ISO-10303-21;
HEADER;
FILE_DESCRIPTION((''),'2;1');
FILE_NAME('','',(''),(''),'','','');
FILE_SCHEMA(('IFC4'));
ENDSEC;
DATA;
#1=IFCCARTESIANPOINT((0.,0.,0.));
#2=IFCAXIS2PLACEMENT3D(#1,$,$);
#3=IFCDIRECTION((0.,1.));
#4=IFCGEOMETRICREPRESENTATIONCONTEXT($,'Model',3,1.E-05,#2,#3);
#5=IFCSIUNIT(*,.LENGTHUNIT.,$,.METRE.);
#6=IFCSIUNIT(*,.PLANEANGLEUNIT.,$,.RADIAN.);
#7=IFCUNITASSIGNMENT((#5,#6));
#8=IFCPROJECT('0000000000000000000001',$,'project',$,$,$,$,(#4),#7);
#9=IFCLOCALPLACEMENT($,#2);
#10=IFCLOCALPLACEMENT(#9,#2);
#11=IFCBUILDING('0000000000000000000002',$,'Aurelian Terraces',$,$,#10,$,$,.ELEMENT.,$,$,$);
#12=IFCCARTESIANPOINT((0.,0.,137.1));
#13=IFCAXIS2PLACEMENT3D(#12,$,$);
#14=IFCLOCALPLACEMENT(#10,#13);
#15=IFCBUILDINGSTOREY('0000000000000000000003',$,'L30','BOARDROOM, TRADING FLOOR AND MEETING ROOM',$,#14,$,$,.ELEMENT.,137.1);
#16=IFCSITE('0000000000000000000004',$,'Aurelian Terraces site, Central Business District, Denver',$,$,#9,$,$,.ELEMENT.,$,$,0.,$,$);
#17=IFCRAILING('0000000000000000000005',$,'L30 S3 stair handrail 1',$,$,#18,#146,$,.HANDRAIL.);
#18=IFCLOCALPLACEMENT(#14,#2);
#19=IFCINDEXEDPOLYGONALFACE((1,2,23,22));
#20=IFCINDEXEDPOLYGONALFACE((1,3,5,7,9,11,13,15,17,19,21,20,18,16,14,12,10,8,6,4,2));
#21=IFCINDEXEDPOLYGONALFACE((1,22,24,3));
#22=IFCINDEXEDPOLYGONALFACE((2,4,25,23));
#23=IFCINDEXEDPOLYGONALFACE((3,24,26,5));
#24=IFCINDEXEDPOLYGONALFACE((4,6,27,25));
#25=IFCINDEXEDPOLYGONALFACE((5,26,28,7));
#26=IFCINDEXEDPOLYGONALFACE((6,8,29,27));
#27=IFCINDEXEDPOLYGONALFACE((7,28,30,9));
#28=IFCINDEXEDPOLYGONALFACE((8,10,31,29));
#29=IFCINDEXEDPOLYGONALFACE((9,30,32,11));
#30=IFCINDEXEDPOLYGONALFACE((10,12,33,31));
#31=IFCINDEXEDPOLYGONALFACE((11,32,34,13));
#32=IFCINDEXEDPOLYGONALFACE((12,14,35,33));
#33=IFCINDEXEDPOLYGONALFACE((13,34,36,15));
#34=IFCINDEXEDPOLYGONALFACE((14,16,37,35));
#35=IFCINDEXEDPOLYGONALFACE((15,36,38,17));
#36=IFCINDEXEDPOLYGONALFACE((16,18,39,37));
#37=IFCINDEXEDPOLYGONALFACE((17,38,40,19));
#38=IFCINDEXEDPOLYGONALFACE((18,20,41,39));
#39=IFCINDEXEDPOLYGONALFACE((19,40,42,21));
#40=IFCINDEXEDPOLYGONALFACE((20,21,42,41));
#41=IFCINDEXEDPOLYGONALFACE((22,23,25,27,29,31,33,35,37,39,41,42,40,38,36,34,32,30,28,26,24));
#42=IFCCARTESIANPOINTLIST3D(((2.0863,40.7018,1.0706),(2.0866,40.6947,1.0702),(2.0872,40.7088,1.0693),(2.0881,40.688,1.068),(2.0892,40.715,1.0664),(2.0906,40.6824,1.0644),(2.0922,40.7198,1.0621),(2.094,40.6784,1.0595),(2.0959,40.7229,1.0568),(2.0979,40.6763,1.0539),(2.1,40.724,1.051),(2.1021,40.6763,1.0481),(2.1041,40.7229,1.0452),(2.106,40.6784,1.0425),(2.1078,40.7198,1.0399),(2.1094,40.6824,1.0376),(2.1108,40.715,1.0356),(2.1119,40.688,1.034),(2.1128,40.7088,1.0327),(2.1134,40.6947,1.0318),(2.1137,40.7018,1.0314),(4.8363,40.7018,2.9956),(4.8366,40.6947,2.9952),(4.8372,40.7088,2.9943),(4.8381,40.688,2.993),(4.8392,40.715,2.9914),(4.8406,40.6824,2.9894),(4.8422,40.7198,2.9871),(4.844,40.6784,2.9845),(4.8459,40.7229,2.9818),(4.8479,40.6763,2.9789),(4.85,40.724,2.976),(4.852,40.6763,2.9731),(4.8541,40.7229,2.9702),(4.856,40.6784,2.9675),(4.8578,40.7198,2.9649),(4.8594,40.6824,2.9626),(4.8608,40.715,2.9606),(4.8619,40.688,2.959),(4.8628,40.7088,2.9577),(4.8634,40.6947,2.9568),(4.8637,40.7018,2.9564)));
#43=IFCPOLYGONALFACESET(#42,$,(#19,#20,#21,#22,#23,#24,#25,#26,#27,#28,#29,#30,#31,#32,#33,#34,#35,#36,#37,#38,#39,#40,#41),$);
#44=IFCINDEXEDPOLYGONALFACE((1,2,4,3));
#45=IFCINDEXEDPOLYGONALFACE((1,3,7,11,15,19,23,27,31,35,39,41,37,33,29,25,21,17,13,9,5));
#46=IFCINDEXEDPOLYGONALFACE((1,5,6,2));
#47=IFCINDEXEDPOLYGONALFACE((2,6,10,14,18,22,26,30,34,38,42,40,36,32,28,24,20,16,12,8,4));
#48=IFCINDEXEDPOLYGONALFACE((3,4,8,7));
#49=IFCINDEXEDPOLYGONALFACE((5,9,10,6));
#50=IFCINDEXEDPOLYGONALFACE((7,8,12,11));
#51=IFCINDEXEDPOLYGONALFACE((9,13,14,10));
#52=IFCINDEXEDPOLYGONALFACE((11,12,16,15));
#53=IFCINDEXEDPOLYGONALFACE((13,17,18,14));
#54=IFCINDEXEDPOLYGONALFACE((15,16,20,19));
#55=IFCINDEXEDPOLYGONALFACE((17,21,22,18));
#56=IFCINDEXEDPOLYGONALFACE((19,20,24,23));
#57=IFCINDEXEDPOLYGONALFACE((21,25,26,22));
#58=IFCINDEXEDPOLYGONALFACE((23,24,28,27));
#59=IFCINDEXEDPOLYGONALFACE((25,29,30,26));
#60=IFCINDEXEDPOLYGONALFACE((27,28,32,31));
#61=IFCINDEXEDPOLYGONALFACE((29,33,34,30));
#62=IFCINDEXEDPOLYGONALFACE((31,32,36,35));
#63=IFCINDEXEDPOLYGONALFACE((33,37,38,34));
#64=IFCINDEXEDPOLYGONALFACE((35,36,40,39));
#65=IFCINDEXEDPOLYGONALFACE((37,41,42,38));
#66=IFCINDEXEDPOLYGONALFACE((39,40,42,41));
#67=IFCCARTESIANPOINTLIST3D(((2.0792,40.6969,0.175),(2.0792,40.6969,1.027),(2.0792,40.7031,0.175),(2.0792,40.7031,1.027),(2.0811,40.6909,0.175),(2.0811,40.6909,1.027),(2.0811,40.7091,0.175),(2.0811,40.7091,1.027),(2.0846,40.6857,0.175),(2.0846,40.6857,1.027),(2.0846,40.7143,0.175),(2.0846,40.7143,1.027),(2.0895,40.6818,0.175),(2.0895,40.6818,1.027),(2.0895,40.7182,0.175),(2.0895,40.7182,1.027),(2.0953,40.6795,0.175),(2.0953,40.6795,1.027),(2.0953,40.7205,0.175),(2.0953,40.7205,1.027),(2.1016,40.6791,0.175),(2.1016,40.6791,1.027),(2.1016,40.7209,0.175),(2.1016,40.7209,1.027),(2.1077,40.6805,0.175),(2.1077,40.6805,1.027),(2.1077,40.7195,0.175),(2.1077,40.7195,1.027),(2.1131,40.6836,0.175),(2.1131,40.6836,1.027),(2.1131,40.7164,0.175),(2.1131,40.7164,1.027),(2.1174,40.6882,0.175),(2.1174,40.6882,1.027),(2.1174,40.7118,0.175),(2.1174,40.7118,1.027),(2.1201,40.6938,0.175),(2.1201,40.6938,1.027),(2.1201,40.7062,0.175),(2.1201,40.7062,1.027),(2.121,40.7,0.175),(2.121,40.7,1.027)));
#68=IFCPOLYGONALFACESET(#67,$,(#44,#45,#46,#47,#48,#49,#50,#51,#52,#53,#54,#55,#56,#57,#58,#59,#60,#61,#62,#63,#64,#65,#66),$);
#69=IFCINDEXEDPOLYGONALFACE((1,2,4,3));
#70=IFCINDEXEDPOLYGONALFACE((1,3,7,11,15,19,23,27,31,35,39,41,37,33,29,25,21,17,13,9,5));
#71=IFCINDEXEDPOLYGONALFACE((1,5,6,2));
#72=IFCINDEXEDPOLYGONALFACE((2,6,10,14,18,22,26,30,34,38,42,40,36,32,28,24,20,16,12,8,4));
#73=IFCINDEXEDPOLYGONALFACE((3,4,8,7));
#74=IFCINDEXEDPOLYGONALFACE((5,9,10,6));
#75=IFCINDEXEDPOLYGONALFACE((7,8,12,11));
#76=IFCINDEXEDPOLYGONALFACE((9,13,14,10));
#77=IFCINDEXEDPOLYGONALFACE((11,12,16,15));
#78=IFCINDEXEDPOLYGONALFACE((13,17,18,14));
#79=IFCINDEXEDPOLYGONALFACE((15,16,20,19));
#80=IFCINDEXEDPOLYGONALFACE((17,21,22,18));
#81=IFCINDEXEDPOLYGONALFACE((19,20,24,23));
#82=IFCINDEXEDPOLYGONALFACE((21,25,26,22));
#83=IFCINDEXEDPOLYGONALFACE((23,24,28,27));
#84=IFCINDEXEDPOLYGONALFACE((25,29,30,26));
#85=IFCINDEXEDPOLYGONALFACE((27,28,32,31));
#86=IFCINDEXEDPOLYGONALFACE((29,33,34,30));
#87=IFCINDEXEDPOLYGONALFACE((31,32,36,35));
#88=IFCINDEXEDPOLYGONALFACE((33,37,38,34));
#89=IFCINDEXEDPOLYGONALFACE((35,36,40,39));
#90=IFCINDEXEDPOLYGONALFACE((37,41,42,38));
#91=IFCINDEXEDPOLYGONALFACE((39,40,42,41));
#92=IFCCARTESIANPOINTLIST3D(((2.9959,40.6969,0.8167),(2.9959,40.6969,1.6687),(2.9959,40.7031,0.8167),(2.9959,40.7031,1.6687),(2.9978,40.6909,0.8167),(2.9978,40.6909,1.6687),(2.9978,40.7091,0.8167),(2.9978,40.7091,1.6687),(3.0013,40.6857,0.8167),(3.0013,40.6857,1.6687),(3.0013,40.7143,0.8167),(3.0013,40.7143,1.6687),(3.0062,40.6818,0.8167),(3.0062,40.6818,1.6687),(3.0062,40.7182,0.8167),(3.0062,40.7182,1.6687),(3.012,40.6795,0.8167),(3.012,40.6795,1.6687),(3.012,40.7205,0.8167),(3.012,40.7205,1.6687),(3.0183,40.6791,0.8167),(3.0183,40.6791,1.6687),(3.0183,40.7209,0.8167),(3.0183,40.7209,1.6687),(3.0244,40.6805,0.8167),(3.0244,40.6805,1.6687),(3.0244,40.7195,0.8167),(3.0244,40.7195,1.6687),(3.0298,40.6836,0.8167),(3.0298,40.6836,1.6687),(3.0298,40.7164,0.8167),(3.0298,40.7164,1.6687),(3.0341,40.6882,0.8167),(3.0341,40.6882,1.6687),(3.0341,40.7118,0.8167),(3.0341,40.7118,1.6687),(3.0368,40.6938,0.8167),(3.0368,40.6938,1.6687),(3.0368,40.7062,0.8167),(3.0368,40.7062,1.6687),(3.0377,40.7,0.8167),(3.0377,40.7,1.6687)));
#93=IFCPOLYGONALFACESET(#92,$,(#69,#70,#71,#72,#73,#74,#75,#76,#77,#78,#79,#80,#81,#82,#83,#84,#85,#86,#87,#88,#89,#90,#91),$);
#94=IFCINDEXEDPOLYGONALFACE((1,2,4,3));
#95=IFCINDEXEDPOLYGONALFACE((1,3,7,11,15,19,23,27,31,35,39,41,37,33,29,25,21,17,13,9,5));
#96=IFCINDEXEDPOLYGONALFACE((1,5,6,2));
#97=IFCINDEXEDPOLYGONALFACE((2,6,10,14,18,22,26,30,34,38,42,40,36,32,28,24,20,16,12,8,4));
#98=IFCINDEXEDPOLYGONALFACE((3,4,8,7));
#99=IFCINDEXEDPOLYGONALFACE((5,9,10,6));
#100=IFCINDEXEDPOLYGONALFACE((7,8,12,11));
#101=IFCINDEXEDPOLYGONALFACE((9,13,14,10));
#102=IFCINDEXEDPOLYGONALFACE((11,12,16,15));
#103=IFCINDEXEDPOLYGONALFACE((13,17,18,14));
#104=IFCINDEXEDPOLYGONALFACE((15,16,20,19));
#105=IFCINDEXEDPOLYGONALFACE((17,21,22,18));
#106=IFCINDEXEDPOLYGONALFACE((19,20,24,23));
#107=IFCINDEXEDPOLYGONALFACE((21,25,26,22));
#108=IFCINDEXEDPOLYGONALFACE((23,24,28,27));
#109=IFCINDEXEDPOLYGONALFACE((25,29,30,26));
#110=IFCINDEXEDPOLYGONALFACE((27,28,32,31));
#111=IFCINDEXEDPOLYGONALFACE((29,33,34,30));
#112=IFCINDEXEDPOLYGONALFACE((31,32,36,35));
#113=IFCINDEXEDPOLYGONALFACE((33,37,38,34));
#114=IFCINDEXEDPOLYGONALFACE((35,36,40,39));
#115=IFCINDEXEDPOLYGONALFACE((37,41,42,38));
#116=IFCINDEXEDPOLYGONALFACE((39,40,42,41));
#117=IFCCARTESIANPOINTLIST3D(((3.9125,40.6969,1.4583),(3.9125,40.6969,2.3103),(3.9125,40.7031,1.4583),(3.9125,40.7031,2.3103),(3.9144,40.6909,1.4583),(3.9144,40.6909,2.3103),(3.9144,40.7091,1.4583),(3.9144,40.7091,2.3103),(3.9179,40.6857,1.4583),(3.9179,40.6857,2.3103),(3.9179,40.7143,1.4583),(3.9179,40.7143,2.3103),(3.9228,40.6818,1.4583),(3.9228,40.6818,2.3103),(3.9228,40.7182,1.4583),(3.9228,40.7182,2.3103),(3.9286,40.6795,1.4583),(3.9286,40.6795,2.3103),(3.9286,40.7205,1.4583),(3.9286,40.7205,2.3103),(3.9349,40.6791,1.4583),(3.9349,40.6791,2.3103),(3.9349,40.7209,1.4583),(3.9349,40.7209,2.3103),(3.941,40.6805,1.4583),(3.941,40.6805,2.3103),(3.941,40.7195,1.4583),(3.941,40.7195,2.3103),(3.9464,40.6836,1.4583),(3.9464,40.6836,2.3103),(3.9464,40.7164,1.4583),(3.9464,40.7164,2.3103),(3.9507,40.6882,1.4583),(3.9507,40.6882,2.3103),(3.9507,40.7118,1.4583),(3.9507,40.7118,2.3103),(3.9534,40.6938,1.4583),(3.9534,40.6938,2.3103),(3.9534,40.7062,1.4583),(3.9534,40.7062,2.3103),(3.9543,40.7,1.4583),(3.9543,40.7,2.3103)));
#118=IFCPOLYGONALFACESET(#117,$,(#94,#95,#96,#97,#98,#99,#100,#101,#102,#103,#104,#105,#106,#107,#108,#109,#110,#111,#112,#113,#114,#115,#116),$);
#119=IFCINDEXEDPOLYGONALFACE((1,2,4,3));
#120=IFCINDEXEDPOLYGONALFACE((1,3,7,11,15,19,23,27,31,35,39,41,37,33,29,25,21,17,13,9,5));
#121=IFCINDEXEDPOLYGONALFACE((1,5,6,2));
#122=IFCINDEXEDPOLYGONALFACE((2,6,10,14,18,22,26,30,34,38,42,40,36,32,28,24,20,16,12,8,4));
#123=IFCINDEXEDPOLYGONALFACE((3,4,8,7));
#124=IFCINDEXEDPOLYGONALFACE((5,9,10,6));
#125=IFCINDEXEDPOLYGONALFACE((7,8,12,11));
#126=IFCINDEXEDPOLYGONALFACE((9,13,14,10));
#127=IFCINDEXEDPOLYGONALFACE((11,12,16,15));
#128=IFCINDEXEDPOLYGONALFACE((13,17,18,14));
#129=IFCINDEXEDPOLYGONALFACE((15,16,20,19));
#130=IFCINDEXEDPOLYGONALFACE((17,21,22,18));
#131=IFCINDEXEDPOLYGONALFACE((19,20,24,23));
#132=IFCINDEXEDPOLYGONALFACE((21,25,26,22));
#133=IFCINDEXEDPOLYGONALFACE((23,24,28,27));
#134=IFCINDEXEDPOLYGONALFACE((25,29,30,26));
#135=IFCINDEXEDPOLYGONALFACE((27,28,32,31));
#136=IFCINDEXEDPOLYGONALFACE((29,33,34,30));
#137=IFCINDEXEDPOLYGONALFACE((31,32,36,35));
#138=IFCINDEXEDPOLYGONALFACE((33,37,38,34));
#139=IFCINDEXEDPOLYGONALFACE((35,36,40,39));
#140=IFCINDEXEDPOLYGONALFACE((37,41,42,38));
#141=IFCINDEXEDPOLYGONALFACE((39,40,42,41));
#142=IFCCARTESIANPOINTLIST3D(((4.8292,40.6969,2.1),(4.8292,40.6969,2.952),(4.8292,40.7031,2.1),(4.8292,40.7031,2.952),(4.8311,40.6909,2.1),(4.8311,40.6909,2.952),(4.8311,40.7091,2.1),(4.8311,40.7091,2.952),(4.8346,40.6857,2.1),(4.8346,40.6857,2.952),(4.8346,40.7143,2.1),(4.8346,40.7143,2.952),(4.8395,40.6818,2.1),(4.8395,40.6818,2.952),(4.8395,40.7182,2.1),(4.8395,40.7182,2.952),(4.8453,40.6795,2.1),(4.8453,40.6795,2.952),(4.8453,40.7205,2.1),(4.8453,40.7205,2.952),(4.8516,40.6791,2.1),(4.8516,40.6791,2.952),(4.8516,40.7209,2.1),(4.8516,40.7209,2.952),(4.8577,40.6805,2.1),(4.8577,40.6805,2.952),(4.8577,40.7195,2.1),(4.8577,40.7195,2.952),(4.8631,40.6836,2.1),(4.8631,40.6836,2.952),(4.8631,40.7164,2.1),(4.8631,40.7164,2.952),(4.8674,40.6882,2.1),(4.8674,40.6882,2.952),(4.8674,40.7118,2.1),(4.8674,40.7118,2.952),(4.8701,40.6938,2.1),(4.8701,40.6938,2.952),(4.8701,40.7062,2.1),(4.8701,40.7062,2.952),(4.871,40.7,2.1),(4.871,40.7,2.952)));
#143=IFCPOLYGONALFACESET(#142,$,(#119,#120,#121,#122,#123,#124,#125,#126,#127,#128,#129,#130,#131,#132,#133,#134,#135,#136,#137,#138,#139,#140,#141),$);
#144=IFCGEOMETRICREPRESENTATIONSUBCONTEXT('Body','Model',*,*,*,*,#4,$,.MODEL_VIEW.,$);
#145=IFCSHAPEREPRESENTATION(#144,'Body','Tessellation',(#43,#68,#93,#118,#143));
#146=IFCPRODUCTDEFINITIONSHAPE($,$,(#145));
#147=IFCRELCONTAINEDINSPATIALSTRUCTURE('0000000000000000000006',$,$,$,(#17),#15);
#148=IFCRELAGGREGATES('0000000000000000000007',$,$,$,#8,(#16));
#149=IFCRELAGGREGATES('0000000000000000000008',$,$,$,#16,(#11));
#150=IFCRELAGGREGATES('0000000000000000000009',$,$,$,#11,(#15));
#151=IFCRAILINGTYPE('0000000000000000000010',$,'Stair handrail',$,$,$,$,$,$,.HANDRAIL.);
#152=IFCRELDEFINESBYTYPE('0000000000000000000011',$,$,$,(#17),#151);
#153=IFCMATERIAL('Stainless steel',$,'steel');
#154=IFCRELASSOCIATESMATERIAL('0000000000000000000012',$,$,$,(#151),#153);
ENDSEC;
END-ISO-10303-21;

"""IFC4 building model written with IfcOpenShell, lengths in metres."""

from ifc_helpers import new_model, si_unit, direction, frame, origin, origin_2d, place, context, subcontext, project, spatial, circle, extrude, source, transform, mapped, material, type_object, element, save


model = new_model("IFC4")

# Units and contexts
model_context = context("Model", 3, precision=1e-05, world=origin(), true_north=direction((0.0, 1.0)))
body_context = subcontext(model_context, "Body", "Model", "MODEL_VIEW")
ifc_project = project(units=[si_unit("LENGTHUNIT", "METRE"), si_unit("PLANEANGLEUNIT", "RADIAN")], contexts=[model_context])

# Site, building, storey
site_placement = place(None, origin())
site = spatial("IfcSite", under=ifc_project, at=site_placement, Name="Aurelian Terraces site, Central Business District, Denver", CompositionType="ELEMENT", RefElevation=0.0)
building_placement = place(site_placement, origin())
building = spatial("IfcBuilding", under=site, at=building_placement, Name="Aurelian Terraces", CompositionType="ELEMENT")
storey_placement = place(building_placement, frame((0.0, 0.0, 137.1)))
storey = spatial("IfcBuildingStorey", under=building, at=storey_placement, Name="L30", Description="BOARDROOM, TRADING FLOOR AND MEETING ROOM", CompositionType="ELEMENT", Elevation=137.1)

# Railing
ifc_material_1 = material(Name="Stainless steel", Category="steel")
railing_type_1 = type_object("IfcRailingType", Name="Stair handrail", PredefinedType="HANDRAIL", material=ifc_material_1)
shared_shape_1 = source(origin(), body_context, "Body", "SweptSolid", [
    extrude(circle(Radius=0.024, at=origin_2d()), frame((0.0, 0.0, 0.876), z_axis=(0.819232, 0.0, 0.573462), x_axis=(0.0, 1.0, 0.0)), (0.0, 0.0, 1.0), 3.3568),
    extrude(circle(Radius=0.021, at=origin_2d()), origin(), (0.0, 0.0, 1.0), 0.852),
    extrude(circle(Radius=0.021, at=origin_2d()), frame((0.9167, 0.0, 0.6417)), (0.0, 0.0, 1.0), 0.852),
    extrude(circle(Radius=0.021, at=origin_2d()), frame((1.8333, 0.0, 1.2833)), (0.0, 0.0, 1.0), 0.852),
    extrude(circle(Radius=0.021, at=origin_2d()), frame((2.75, 0.0, 1.925)), (0.0, 0.0, 1.0), 0.852),
])
railing_1_placement = place(storey_placement, frame((2.1, 40.7, 0.175)))
element("IfcRailing", 1, at=railing_1_placement, inside=storey, type_object=railing_type_1, Name="L30 S3 stair handrail 1", PredefinedType="HANDRAIL", context=body_context, shape_type="MappedRepresentation", body=[
    mapped(shared_shape_1, transform((0.0, 0.0, 0.0), scale=1.0)),
])

save(model, "model.ifc")
